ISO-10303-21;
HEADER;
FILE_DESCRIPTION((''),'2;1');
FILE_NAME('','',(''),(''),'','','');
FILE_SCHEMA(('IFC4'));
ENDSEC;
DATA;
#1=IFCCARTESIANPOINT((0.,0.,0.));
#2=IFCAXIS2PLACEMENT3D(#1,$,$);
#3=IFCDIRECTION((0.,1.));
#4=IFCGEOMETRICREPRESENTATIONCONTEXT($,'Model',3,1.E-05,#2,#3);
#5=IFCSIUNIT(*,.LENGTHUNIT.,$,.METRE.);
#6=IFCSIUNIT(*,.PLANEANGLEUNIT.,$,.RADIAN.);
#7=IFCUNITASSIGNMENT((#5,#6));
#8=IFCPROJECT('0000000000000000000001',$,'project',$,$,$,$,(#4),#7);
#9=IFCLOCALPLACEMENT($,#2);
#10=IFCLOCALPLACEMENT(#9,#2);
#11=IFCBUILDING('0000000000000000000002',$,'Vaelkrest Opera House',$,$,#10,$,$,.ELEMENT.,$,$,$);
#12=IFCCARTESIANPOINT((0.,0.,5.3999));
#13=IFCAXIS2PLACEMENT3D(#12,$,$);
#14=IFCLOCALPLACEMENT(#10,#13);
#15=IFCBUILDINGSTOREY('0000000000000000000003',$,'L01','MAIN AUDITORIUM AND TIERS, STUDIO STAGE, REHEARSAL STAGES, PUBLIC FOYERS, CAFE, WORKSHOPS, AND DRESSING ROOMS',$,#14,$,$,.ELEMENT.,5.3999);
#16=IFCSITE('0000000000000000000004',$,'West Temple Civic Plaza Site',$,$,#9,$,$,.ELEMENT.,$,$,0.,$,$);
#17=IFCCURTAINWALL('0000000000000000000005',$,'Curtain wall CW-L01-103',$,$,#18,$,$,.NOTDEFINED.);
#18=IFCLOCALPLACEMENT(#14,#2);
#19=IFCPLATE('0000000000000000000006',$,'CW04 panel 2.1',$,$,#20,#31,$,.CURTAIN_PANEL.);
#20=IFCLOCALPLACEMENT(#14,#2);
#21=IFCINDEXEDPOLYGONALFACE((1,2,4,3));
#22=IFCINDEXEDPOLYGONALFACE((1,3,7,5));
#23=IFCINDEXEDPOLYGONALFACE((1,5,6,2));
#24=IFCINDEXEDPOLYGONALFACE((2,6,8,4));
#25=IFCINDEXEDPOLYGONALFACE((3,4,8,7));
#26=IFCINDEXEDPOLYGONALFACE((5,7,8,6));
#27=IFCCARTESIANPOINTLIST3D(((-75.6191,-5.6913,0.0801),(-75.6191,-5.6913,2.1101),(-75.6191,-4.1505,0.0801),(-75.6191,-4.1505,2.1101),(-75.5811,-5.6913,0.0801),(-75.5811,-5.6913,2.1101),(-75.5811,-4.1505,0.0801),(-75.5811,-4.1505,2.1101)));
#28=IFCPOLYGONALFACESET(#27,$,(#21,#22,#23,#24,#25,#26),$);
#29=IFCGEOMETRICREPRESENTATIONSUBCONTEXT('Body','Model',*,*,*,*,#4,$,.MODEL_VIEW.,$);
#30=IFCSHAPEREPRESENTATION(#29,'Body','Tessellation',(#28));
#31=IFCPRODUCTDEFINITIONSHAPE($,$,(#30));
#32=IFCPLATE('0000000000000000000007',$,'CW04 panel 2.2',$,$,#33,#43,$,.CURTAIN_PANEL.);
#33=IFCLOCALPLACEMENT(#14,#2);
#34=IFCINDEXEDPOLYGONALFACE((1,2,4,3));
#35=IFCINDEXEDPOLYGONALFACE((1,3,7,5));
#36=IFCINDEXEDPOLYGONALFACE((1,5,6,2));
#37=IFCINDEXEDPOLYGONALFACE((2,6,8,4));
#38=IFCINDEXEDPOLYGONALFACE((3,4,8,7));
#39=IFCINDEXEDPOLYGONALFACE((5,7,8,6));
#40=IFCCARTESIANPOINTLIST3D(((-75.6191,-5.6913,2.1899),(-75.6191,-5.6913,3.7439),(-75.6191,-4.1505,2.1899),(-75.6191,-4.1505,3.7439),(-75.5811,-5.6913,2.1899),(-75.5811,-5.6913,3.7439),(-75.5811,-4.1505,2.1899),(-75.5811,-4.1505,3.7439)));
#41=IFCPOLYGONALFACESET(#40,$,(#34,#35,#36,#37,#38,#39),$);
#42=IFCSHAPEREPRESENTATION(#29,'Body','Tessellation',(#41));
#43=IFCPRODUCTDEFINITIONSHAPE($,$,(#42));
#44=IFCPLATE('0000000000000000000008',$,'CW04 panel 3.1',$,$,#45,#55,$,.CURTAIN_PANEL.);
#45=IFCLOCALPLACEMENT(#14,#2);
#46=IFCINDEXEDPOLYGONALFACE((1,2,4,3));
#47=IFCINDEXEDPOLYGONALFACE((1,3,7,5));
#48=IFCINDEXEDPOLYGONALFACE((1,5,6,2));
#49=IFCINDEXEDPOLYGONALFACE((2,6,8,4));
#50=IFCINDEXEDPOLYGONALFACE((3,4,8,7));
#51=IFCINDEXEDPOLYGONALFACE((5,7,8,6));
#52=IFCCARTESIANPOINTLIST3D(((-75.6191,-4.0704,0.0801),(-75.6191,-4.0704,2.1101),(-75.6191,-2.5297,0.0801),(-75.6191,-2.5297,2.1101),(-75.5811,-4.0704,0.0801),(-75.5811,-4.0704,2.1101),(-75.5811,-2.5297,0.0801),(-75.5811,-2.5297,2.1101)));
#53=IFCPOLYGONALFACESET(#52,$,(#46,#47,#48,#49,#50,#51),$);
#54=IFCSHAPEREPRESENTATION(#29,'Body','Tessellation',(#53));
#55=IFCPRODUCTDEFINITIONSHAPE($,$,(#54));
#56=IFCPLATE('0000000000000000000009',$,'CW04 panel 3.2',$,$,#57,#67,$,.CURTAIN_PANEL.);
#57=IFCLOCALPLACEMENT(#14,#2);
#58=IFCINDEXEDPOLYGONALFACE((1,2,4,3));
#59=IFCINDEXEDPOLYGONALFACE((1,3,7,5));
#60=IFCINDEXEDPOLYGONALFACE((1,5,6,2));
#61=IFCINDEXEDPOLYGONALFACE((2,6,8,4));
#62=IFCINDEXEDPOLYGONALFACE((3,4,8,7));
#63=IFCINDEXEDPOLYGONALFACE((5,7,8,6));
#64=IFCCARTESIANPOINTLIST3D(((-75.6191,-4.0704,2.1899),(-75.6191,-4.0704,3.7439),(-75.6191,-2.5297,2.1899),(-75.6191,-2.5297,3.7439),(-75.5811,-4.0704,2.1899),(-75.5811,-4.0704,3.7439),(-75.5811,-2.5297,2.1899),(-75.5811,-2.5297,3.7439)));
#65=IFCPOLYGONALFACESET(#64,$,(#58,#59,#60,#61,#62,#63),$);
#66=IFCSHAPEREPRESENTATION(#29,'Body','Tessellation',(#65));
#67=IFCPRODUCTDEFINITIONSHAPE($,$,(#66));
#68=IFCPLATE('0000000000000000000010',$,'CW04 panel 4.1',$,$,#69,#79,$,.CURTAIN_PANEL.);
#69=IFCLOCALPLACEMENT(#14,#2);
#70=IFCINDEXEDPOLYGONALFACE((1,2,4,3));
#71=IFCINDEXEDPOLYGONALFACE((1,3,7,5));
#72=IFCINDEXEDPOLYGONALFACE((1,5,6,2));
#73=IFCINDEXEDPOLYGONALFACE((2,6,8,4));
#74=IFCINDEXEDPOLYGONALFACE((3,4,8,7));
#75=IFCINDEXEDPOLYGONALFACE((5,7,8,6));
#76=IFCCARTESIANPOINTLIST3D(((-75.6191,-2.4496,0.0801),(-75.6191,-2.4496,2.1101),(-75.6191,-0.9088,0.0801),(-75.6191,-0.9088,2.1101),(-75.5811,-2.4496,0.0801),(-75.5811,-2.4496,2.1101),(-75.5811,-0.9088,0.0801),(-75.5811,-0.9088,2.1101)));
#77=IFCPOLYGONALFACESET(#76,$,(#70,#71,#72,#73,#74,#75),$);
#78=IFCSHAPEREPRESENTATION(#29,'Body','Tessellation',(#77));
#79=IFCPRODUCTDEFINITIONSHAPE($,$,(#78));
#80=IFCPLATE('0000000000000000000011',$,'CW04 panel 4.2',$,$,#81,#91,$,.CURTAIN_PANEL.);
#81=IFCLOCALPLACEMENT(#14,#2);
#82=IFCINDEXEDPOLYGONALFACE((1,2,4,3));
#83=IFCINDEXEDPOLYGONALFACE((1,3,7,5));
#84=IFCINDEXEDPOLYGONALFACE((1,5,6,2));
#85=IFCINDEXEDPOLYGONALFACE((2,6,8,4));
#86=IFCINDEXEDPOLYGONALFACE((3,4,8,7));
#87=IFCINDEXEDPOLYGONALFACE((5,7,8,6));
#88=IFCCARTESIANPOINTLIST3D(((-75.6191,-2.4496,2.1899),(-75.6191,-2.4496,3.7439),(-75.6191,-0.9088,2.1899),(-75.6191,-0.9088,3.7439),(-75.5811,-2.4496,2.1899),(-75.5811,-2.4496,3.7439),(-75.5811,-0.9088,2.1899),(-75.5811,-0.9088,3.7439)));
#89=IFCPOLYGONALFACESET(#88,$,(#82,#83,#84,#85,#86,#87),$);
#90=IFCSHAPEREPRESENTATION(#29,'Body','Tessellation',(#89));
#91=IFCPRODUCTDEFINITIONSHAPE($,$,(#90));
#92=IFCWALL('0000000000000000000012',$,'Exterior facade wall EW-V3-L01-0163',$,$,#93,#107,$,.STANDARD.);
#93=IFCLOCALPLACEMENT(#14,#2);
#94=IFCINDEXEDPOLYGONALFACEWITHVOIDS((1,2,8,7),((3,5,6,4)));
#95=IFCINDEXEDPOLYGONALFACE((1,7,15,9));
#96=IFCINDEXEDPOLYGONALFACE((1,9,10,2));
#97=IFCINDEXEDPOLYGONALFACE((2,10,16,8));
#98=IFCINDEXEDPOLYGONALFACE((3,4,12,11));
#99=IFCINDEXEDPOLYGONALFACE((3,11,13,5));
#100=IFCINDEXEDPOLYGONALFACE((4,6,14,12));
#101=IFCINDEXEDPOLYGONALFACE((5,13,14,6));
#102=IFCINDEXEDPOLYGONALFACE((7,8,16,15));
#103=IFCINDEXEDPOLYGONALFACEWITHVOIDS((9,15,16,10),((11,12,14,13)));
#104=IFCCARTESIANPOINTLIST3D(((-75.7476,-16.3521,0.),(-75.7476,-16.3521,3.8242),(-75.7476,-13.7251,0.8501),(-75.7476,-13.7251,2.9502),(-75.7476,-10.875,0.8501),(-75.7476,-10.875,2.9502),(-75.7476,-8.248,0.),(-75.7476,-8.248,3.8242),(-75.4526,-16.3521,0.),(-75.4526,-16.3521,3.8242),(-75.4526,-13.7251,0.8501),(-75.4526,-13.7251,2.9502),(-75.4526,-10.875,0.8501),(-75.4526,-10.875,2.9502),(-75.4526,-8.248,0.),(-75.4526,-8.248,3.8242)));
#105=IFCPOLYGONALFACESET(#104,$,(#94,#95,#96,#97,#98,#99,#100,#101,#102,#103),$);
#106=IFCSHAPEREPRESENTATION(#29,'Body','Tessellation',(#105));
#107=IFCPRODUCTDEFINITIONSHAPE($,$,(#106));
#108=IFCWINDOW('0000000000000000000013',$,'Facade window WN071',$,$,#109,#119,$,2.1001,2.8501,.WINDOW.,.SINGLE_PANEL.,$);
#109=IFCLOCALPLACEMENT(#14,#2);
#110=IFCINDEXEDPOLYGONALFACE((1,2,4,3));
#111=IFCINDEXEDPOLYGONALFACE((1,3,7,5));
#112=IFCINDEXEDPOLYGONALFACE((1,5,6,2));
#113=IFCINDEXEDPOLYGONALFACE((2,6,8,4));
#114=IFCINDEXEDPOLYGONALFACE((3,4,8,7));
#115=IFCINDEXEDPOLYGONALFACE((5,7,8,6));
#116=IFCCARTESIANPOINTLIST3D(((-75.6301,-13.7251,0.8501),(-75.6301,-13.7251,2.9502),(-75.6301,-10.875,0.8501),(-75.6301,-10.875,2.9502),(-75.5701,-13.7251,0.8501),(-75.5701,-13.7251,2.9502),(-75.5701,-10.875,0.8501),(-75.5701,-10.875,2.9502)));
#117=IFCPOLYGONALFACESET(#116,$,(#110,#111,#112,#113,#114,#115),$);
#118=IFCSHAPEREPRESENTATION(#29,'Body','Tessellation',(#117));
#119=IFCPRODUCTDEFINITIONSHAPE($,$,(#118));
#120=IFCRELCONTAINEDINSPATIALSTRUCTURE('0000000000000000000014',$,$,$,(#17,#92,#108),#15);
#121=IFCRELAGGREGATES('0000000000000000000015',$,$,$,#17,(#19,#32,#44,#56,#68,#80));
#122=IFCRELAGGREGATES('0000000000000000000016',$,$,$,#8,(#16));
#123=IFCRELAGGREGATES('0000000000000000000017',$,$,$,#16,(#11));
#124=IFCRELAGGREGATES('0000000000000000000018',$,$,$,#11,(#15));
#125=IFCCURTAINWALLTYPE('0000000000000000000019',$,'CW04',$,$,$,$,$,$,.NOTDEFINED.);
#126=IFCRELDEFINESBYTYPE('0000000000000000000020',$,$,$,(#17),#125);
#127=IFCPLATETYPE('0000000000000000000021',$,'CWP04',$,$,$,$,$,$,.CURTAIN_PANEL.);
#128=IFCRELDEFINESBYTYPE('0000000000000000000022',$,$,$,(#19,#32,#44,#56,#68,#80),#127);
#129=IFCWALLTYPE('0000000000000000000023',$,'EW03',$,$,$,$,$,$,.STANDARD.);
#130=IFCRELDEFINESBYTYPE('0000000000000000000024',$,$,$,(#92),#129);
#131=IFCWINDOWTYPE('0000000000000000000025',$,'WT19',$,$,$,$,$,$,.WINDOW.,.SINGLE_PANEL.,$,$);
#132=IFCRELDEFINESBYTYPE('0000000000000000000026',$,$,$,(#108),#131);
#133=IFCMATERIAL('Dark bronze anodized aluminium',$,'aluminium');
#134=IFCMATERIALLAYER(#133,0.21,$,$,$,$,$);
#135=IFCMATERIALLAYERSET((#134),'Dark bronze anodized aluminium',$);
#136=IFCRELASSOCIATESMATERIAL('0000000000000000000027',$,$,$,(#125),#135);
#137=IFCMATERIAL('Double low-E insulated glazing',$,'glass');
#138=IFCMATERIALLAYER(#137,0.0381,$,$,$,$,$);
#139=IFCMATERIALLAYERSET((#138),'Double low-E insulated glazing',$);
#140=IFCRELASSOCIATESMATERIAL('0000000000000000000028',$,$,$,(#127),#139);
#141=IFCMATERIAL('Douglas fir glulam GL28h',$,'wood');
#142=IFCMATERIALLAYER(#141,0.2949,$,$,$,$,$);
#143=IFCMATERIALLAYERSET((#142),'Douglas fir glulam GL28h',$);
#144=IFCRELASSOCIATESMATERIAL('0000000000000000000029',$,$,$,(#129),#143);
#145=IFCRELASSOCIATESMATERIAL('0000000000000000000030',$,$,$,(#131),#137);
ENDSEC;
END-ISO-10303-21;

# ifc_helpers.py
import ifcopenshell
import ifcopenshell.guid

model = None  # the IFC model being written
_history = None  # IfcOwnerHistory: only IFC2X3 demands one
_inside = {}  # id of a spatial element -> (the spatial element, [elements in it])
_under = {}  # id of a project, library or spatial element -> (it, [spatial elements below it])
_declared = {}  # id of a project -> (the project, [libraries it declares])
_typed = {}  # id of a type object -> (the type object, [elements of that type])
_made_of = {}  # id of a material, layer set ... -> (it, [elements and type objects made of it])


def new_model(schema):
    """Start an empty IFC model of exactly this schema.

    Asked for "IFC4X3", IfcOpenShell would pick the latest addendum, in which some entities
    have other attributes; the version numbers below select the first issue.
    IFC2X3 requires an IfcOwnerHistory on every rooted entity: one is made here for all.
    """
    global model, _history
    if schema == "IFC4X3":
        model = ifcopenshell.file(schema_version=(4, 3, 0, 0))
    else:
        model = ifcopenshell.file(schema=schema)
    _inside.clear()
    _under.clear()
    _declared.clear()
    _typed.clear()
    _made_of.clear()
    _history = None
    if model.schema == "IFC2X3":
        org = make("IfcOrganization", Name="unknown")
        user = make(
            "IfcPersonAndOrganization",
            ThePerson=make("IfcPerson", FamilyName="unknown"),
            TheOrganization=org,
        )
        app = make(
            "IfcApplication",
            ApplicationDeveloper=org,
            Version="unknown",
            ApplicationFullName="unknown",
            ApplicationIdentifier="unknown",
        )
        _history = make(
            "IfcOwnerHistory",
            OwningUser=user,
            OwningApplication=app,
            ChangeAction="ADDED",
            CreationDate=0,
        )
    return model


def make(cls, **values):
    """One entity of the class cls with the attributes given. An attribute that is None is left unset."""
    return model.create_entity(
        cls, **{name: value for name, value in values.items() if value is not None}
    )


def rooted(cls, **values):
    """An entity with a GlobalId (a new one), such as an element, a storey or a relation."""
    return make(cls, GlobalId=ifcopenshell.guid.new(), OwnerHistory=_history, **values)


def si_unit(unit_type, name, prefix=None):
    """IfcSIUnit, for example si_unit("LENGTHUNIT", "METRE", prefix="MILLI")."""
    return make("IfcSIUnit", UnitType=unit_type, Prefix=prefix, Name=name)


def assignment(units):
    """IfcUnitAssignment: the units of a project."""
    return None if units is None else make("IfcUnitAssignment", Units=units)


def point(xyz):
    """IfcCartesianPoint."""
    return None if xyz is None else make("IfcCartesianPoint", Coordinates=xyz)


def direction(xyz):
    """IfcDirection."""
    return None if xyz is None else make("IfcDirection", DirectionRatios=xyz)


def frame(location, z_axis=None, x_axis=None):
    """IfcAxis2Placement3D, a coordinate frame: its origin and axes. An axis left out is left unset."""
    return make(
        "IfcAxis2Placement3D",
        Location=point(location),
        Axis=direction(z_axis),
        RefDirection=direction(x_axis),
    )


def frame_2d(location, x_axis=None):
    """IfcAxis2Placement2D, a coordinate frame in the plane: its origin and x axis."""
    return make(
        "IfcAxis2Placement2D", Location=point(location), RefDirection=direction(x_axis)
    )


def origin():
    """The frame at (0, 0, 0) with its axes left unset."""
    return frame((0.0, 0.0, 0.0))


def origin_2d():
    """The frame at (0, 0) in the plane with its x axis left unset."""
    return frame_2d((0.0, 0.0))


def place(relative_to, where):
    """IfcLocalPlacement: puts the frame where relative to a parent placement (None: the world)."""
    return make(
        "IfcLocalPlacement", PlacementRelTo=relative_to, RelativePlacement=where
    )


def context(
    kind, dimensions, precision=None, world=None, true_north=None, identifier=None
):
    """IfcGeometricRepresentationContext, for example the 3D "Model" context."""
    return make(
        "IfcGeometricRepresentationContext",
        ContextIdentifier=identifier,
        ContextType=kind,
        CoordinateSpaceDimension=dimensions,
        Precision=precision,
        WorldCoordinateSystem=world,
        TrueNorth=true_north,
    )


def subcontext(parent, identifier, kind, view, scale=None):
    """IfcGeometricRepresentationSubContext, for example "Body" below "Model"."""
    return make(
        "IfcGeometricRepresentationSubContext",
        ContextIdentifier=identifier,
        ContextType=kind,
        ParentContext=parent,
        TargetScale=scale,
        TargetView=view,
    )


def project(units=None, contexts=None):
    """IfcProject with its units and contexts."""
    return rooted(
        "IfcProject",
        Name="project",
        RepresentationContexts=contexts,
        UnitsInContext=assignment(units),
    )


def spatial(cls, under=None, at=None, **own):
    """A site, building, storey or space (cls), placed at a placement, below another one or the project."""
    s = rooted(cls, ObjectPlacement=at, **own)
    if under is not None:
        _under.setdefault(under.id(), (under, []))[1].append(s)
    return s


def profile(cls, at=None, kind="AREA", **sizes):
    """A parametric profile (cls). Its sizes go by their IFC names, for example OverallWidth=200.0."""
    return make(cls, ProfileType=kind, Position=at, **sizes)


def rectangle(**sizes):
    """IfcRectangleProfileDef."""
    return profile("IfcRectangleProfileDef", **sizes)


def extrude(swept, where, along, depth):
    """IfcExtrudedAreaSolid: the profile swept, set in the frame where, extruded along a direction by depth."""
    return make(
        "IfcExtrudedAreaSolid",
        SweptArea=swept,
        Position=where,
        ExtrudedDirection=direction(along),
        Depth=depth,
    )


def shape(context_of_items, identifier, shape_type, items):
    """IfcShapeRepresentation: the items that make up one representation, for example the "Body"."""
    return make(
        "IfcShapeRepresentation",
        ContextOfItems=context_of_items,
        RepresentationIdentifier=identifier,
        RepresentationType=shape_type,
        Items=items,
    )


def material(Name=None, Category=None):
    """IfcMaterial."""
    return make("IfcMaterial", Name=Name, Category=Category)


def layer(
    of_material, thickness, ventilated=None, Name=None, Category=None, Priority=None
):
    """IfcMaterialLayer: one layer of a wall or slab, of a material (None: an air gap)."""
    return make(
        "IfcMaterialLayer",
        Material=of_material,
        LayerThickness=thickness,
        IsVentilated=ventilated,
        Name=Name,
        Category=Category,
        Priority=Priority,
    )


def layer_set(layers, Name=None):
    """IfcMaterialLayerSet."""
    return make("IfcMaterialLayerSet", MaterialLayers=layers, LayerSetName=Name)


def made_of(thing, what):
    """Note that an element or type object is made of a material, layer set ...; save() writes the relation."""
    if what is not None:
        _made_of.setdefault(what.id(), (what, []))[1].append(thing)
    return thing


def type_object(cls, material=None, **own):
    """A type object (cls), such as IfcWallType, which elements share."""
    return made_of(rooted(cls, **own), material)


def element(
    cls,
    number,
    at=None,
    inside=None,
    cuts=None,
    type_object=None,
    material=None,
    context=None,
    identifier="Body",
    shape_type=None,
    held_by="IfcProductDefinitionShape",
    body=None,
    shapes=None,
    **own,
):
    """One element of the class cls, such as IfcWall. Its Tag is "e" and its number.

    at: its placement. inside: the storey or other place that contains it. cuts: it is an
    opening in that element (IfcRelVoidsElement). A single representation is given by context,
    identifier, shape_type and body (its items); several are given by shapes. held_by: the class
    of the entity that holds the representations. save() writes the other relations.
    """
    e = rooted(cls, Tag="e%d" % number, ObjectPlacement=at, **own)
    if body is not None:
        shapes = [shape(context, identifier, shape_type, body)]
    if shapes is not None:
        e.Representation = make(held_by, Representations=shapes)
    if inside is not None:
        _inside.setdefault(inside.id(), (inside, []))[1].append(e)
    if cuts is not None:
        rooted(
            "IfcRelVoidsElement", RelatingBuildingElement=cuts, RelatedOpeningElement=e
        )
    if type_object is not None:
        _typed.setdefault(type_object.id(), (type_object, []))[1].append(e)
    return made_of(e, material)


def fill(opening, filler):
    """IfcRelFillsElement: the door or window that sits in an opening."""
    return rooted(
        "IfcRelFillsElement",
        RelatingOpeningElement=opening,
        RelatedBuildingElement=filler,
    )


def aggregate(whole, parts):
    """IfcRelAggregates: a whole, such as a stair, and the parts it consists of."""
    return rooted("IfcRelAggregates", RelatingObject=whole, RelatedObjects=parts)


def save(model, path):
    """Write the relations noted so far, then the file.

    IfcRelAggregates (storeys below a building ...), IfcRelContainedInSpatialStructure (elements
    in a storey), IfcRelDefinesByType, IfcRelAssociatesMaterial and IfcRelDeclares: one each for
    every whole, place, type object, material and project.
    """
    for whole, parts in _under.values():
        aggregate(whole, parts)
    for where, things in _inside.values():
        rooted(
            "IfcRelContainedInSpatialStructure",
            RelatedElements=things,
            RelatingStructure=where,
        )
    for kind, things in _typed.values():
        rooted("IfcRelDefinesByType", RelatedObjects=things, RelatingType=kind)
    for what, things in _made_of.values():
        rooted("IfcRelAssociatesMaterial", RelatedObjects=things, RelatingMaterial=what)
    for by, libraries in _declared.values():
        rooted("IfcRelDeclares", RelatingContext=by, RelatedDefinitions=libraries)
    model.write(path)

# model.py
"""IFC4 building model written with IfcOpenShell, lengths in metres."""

from ifc_helpers import new_model, si_unit, direction, frame, frame_2d, origin, origin_2d, place, context, subcontext, project, spatial, rectangle, extrude, material, layer, layer_set, type_object, element, fill, aggregate, save


model = new_model("IFC4")

# Units and contexts
model_context = context("Model", 3, precision=1e-05, world=origin(), true_north=direction((0.0, 1.0)))
body_context = subcontext(model_context, "Body", "Model", "MODEL_VIEW")
ifc_project = project(units=[si_unit("LENGTHUNIT", "METRE"), si_unit("PLANEANGLEUNIT", "RADIAN")], contexts=[model_context])

# Site, building, storey
site_placement = place(None, origin())
site = spatial("IfcSite", under=ifc_project, at=site_placement, Name="West Temple Civic Plaza Site", CompositionType="ELEMENT", RefElevation=0.0)
building_placement = place(site_placement, origin())
building = spatial("IfcBuilding", under=site, at=building_placement, Name="Vaelkrest Opera House", CompositionType="ELEMENT")
storey_placement = place(building_placement, frame((0.0, 0.0, 5.3999)))
storey = spatial("IfcBuildingStorey", under=building, at=storey_placement, Name="L01", Description="MAIN AUDITORIUM AND TIERS, STUDIO STAGE, REHEARSAL STAGES, PUBLIC FOYERS, CAFE, WORKSHOPS, AND DRESSING ROOMS", CompositionType="ELEMENT", Elevation=5.3999)

# Curtain wall
ifc_material_1 = material(Name="Dark bronze anodized aluminium", Category="aluminium")
ifc_layer_1 = layer(ifc_material_1, 0.21)
ifc_layer_set_1 = layer_set([ifc_layer_1], Name="Dark bronze anodized aluminium")
curtain_wall_type = type_object("IfcCurtainWallType", Name="CW04", PredefinedType="NOTDEFINED", material=ifc_layer_set_1)
curtain_wall_placement = place(storey_placement, origin())
curtain_wall = element("IfcCurtainWall", 1, at=curtain_wall_placement, inside=storey, type_object=curtain_wall_type, Name="Curtain wall CW-L01-103", PredefinedType="NOTDEFINED")

# Plates
ifc_material_2 = material(Name="Double low-E insulated glazing", Category="glass")
ifc_layer_2 = layer(ifc_material_2, 0.0381)
ifc_layer_set_2 = layer_set([ifc_layer_2], Name="Double low-E insulated glazing")
plate_type = type_object("IfcPlateType", Name="CWP04", PredefinedType="CURTAIN_PANEL", material=ifc_layer_set_2)
plate_1_placement = place(storey_placement, frame((-75.6001, -4.9209, 0.0801), z_axis=(0.0, 0.0, 1.0), x_axis=(0.0, 1.0, 0.0)))
plate_1 = element("IfcPlate", 2, at=plate_1_placement, type_object=plate_type, Name="CW04 panel 2.1", PredefinedType="CURTAIN_PANEL", context=body_context, shape_type="SweptSolid", body=[
    extrude(rectangle(XDim=1.5408, YDim=0.0381, at=origin_2d()), origin(), (0.0, 0.0, 1.0), 2.03),
])
plate_2_placement = place(storey_placement, frame((-75.6001, -4.9209, 2.1899), z_axis=(0.0, 0.0, 1.0), x_axis=(0.0, 1.0, 0.0)))
plate_2 = element("IfcPlate", 3, at=plate_2_placement, type_object=plate_type, Name="CW04 panel 2.2", PredefinedType="CURTAIN_PANEL", context=body_context, shape_type="SweptSolid", body=[
    extrude(rectangle(XDim=1.5408, YDim=0.0381, at=origin_2d()), origin(), (0.0, 0.0, 1.0), 1.554),
])
plate_3_placement = place(storey_placement, frame((-75.6001, -3.3, 0.0801), z_axis=(0.0, 0.0, 1.0), x_axis=(0.0, 1.0, 0.0)))
plate_3 = element("IfcPlate", 4, at=plate_3_placement, type_object=plate_type, Name="CW04 panel 3.1", PredefinedType="CURTAIN_PANEL", context=body_context, shape_type="SweptSolid", body=[
    extrude(rectangle(XDim=1.5408, YDim=0.0381, at=origin_2d()), origin(), (0.0, 0.0, 1.0), 2.03),
])
plate_4_placement = place(storey_placement, frame((-75.6001, -3.3, 2.1899), z_axis=(0.0, 0.0, 1.0), x_axis=(0.0, 1.0, 0.0)))
plate_4 = element("IfcPlate", 5, at=plate_4_placement, type_object=plate_type, Name="CW04 panel 3.2", PredefinedType="CURTAIN_PANEL", context=body_context, shape_type="SweptSolid", body=[
    extrude(rectangle(XDim=1.5408, YDim=0.0381, at=origin_2d()), origin(), (0.0, 0.0, 1.0), 1.554),
])
plate_5_placement = place(storey_placement, frame((-75.6001, -1.6792, 0.0801), z_axis=(0.0, 0.0, 1.0), x_axis=(0.0, 1.0, 0.0)))
plate_5 = element("IfcPlate", 6, at=plate_5_placement, type_object=plate_type, Name="CW04 panel 4.1", PredefinedType="CURTAIN_PANEL", context=body_context, shape_type="SweptSolid", body=[
    extrude(rectangle(XDim=1.5408, YDim=0.0381, at=origin_2d()), origin(), (0.0, 0.0, 1.0), 2.03),
])
plate_6_placement = place(storey_placement, frame((-75.6001, -1.6792, 2.1899), z_axis=(0.0, 0.0, 1.0), x_axis=(0.0, 1.0, 0.0)))
plate_6 = element("IfcPlate", 7, at=plate_6_placement, type_object=plate_type, Name="CW04 panel 4.2", PredefinedType="CURTAIN_PANEL", context=body_context, shape_type="SweptSolid", body=[
    extrude(rectangle(XDim=1.5408, YDim=0.0381, at=origin_2d()), origin(), (0.0, 0.0, 1.0), 1.554),
])
aggregate(curtain_wall, [plate_1, plate_2, plate_3, plate_4, plate_5, plate_6])

# Wall, opening, window
ifc_material_3 = material(Name="Douglas fir glulam GL28h", Category="wood")
ifc_layer_3 = layer(ifc_material_3, 0.2949)
ifc_layer_set_3 = layer_set([ifc_layer_3], Name="Douglas fir glulam GL28h")
wall_type = type_object("IfcWallType", Name="EW03", PredefinedType="STANDARD", material=ifc_layer_set_3)
wall_placement = place(storey_placement, frame((-75.6001, -16.3521, 0.0), z_axis=(0.0, 0.0, 1.0), x_axis=(0.0, 1.0, 0.0)))
wall = element("IfcWall", 8, at=wall_placement, inside=storey, type_object=wall_type, Name="Exterior facade wall EW-V3-L01-0163", PredefinedType="STANDARD", context=body_context, shape_type="SweptSolid", body=[
    extrude(rectangle(XDim=8.104, YDim=0.2949, at=frame_2d((4.052, 0.0))), origin(), (0.0, 0.0, 1.0), 3.8242),
])
opening_placement = place(wall_placement, frame((2.627, 0.0, 0.8501)))
opening = element("IfcOpeningElement", 9, at=opening_placement, cuts=wall, PredefinedType="OPENING", context=body_context, shape_type="SweptSolid", body=[
    extrude(rectangle(XDim=2.8501, YDim=2.1001, at=frame_2d((1.425, 1.05))), frame((0.0, 0.1575, 0.0), z_axis=(0.0, -1.0, 0.0), x_axis=(1.0, 0.0, 0.0)), (0.0, 0.0, 1.0), 0.3149),
])
window_type = type_object("IfcWindowType", Name="WT19", PartitioningType="SINGLE_PANEL", PredefinedType="WINDOW", material=ifc_material_2)
window_placement = place(opening_placement, origin())
window = element("IfcWindow", 10, at=window_placement, inside=storey, type_object=window_type, Name="Facade window WN071", OverallHeight=2.1001, OverallWidth=2.8501, PartitioningType="SINGLE_PANEL", PredefinedType="WINDOW", context=body_context, shape_type="SweptSolid", body=[
    extrude(rectangle(XDim=2.8501, YDim=2.1001, at=frame_2d((1.425, 1.05))), frame((0.0, 0.03, 0.0), z_axis=(0.0, -1.0, 0.0), x_axis=(1.0, 0.0, 0.0)), (0.0, 0.0, 1.0), 0.0601),
])
fill(opening, window)

save(model, "model.ifc")
